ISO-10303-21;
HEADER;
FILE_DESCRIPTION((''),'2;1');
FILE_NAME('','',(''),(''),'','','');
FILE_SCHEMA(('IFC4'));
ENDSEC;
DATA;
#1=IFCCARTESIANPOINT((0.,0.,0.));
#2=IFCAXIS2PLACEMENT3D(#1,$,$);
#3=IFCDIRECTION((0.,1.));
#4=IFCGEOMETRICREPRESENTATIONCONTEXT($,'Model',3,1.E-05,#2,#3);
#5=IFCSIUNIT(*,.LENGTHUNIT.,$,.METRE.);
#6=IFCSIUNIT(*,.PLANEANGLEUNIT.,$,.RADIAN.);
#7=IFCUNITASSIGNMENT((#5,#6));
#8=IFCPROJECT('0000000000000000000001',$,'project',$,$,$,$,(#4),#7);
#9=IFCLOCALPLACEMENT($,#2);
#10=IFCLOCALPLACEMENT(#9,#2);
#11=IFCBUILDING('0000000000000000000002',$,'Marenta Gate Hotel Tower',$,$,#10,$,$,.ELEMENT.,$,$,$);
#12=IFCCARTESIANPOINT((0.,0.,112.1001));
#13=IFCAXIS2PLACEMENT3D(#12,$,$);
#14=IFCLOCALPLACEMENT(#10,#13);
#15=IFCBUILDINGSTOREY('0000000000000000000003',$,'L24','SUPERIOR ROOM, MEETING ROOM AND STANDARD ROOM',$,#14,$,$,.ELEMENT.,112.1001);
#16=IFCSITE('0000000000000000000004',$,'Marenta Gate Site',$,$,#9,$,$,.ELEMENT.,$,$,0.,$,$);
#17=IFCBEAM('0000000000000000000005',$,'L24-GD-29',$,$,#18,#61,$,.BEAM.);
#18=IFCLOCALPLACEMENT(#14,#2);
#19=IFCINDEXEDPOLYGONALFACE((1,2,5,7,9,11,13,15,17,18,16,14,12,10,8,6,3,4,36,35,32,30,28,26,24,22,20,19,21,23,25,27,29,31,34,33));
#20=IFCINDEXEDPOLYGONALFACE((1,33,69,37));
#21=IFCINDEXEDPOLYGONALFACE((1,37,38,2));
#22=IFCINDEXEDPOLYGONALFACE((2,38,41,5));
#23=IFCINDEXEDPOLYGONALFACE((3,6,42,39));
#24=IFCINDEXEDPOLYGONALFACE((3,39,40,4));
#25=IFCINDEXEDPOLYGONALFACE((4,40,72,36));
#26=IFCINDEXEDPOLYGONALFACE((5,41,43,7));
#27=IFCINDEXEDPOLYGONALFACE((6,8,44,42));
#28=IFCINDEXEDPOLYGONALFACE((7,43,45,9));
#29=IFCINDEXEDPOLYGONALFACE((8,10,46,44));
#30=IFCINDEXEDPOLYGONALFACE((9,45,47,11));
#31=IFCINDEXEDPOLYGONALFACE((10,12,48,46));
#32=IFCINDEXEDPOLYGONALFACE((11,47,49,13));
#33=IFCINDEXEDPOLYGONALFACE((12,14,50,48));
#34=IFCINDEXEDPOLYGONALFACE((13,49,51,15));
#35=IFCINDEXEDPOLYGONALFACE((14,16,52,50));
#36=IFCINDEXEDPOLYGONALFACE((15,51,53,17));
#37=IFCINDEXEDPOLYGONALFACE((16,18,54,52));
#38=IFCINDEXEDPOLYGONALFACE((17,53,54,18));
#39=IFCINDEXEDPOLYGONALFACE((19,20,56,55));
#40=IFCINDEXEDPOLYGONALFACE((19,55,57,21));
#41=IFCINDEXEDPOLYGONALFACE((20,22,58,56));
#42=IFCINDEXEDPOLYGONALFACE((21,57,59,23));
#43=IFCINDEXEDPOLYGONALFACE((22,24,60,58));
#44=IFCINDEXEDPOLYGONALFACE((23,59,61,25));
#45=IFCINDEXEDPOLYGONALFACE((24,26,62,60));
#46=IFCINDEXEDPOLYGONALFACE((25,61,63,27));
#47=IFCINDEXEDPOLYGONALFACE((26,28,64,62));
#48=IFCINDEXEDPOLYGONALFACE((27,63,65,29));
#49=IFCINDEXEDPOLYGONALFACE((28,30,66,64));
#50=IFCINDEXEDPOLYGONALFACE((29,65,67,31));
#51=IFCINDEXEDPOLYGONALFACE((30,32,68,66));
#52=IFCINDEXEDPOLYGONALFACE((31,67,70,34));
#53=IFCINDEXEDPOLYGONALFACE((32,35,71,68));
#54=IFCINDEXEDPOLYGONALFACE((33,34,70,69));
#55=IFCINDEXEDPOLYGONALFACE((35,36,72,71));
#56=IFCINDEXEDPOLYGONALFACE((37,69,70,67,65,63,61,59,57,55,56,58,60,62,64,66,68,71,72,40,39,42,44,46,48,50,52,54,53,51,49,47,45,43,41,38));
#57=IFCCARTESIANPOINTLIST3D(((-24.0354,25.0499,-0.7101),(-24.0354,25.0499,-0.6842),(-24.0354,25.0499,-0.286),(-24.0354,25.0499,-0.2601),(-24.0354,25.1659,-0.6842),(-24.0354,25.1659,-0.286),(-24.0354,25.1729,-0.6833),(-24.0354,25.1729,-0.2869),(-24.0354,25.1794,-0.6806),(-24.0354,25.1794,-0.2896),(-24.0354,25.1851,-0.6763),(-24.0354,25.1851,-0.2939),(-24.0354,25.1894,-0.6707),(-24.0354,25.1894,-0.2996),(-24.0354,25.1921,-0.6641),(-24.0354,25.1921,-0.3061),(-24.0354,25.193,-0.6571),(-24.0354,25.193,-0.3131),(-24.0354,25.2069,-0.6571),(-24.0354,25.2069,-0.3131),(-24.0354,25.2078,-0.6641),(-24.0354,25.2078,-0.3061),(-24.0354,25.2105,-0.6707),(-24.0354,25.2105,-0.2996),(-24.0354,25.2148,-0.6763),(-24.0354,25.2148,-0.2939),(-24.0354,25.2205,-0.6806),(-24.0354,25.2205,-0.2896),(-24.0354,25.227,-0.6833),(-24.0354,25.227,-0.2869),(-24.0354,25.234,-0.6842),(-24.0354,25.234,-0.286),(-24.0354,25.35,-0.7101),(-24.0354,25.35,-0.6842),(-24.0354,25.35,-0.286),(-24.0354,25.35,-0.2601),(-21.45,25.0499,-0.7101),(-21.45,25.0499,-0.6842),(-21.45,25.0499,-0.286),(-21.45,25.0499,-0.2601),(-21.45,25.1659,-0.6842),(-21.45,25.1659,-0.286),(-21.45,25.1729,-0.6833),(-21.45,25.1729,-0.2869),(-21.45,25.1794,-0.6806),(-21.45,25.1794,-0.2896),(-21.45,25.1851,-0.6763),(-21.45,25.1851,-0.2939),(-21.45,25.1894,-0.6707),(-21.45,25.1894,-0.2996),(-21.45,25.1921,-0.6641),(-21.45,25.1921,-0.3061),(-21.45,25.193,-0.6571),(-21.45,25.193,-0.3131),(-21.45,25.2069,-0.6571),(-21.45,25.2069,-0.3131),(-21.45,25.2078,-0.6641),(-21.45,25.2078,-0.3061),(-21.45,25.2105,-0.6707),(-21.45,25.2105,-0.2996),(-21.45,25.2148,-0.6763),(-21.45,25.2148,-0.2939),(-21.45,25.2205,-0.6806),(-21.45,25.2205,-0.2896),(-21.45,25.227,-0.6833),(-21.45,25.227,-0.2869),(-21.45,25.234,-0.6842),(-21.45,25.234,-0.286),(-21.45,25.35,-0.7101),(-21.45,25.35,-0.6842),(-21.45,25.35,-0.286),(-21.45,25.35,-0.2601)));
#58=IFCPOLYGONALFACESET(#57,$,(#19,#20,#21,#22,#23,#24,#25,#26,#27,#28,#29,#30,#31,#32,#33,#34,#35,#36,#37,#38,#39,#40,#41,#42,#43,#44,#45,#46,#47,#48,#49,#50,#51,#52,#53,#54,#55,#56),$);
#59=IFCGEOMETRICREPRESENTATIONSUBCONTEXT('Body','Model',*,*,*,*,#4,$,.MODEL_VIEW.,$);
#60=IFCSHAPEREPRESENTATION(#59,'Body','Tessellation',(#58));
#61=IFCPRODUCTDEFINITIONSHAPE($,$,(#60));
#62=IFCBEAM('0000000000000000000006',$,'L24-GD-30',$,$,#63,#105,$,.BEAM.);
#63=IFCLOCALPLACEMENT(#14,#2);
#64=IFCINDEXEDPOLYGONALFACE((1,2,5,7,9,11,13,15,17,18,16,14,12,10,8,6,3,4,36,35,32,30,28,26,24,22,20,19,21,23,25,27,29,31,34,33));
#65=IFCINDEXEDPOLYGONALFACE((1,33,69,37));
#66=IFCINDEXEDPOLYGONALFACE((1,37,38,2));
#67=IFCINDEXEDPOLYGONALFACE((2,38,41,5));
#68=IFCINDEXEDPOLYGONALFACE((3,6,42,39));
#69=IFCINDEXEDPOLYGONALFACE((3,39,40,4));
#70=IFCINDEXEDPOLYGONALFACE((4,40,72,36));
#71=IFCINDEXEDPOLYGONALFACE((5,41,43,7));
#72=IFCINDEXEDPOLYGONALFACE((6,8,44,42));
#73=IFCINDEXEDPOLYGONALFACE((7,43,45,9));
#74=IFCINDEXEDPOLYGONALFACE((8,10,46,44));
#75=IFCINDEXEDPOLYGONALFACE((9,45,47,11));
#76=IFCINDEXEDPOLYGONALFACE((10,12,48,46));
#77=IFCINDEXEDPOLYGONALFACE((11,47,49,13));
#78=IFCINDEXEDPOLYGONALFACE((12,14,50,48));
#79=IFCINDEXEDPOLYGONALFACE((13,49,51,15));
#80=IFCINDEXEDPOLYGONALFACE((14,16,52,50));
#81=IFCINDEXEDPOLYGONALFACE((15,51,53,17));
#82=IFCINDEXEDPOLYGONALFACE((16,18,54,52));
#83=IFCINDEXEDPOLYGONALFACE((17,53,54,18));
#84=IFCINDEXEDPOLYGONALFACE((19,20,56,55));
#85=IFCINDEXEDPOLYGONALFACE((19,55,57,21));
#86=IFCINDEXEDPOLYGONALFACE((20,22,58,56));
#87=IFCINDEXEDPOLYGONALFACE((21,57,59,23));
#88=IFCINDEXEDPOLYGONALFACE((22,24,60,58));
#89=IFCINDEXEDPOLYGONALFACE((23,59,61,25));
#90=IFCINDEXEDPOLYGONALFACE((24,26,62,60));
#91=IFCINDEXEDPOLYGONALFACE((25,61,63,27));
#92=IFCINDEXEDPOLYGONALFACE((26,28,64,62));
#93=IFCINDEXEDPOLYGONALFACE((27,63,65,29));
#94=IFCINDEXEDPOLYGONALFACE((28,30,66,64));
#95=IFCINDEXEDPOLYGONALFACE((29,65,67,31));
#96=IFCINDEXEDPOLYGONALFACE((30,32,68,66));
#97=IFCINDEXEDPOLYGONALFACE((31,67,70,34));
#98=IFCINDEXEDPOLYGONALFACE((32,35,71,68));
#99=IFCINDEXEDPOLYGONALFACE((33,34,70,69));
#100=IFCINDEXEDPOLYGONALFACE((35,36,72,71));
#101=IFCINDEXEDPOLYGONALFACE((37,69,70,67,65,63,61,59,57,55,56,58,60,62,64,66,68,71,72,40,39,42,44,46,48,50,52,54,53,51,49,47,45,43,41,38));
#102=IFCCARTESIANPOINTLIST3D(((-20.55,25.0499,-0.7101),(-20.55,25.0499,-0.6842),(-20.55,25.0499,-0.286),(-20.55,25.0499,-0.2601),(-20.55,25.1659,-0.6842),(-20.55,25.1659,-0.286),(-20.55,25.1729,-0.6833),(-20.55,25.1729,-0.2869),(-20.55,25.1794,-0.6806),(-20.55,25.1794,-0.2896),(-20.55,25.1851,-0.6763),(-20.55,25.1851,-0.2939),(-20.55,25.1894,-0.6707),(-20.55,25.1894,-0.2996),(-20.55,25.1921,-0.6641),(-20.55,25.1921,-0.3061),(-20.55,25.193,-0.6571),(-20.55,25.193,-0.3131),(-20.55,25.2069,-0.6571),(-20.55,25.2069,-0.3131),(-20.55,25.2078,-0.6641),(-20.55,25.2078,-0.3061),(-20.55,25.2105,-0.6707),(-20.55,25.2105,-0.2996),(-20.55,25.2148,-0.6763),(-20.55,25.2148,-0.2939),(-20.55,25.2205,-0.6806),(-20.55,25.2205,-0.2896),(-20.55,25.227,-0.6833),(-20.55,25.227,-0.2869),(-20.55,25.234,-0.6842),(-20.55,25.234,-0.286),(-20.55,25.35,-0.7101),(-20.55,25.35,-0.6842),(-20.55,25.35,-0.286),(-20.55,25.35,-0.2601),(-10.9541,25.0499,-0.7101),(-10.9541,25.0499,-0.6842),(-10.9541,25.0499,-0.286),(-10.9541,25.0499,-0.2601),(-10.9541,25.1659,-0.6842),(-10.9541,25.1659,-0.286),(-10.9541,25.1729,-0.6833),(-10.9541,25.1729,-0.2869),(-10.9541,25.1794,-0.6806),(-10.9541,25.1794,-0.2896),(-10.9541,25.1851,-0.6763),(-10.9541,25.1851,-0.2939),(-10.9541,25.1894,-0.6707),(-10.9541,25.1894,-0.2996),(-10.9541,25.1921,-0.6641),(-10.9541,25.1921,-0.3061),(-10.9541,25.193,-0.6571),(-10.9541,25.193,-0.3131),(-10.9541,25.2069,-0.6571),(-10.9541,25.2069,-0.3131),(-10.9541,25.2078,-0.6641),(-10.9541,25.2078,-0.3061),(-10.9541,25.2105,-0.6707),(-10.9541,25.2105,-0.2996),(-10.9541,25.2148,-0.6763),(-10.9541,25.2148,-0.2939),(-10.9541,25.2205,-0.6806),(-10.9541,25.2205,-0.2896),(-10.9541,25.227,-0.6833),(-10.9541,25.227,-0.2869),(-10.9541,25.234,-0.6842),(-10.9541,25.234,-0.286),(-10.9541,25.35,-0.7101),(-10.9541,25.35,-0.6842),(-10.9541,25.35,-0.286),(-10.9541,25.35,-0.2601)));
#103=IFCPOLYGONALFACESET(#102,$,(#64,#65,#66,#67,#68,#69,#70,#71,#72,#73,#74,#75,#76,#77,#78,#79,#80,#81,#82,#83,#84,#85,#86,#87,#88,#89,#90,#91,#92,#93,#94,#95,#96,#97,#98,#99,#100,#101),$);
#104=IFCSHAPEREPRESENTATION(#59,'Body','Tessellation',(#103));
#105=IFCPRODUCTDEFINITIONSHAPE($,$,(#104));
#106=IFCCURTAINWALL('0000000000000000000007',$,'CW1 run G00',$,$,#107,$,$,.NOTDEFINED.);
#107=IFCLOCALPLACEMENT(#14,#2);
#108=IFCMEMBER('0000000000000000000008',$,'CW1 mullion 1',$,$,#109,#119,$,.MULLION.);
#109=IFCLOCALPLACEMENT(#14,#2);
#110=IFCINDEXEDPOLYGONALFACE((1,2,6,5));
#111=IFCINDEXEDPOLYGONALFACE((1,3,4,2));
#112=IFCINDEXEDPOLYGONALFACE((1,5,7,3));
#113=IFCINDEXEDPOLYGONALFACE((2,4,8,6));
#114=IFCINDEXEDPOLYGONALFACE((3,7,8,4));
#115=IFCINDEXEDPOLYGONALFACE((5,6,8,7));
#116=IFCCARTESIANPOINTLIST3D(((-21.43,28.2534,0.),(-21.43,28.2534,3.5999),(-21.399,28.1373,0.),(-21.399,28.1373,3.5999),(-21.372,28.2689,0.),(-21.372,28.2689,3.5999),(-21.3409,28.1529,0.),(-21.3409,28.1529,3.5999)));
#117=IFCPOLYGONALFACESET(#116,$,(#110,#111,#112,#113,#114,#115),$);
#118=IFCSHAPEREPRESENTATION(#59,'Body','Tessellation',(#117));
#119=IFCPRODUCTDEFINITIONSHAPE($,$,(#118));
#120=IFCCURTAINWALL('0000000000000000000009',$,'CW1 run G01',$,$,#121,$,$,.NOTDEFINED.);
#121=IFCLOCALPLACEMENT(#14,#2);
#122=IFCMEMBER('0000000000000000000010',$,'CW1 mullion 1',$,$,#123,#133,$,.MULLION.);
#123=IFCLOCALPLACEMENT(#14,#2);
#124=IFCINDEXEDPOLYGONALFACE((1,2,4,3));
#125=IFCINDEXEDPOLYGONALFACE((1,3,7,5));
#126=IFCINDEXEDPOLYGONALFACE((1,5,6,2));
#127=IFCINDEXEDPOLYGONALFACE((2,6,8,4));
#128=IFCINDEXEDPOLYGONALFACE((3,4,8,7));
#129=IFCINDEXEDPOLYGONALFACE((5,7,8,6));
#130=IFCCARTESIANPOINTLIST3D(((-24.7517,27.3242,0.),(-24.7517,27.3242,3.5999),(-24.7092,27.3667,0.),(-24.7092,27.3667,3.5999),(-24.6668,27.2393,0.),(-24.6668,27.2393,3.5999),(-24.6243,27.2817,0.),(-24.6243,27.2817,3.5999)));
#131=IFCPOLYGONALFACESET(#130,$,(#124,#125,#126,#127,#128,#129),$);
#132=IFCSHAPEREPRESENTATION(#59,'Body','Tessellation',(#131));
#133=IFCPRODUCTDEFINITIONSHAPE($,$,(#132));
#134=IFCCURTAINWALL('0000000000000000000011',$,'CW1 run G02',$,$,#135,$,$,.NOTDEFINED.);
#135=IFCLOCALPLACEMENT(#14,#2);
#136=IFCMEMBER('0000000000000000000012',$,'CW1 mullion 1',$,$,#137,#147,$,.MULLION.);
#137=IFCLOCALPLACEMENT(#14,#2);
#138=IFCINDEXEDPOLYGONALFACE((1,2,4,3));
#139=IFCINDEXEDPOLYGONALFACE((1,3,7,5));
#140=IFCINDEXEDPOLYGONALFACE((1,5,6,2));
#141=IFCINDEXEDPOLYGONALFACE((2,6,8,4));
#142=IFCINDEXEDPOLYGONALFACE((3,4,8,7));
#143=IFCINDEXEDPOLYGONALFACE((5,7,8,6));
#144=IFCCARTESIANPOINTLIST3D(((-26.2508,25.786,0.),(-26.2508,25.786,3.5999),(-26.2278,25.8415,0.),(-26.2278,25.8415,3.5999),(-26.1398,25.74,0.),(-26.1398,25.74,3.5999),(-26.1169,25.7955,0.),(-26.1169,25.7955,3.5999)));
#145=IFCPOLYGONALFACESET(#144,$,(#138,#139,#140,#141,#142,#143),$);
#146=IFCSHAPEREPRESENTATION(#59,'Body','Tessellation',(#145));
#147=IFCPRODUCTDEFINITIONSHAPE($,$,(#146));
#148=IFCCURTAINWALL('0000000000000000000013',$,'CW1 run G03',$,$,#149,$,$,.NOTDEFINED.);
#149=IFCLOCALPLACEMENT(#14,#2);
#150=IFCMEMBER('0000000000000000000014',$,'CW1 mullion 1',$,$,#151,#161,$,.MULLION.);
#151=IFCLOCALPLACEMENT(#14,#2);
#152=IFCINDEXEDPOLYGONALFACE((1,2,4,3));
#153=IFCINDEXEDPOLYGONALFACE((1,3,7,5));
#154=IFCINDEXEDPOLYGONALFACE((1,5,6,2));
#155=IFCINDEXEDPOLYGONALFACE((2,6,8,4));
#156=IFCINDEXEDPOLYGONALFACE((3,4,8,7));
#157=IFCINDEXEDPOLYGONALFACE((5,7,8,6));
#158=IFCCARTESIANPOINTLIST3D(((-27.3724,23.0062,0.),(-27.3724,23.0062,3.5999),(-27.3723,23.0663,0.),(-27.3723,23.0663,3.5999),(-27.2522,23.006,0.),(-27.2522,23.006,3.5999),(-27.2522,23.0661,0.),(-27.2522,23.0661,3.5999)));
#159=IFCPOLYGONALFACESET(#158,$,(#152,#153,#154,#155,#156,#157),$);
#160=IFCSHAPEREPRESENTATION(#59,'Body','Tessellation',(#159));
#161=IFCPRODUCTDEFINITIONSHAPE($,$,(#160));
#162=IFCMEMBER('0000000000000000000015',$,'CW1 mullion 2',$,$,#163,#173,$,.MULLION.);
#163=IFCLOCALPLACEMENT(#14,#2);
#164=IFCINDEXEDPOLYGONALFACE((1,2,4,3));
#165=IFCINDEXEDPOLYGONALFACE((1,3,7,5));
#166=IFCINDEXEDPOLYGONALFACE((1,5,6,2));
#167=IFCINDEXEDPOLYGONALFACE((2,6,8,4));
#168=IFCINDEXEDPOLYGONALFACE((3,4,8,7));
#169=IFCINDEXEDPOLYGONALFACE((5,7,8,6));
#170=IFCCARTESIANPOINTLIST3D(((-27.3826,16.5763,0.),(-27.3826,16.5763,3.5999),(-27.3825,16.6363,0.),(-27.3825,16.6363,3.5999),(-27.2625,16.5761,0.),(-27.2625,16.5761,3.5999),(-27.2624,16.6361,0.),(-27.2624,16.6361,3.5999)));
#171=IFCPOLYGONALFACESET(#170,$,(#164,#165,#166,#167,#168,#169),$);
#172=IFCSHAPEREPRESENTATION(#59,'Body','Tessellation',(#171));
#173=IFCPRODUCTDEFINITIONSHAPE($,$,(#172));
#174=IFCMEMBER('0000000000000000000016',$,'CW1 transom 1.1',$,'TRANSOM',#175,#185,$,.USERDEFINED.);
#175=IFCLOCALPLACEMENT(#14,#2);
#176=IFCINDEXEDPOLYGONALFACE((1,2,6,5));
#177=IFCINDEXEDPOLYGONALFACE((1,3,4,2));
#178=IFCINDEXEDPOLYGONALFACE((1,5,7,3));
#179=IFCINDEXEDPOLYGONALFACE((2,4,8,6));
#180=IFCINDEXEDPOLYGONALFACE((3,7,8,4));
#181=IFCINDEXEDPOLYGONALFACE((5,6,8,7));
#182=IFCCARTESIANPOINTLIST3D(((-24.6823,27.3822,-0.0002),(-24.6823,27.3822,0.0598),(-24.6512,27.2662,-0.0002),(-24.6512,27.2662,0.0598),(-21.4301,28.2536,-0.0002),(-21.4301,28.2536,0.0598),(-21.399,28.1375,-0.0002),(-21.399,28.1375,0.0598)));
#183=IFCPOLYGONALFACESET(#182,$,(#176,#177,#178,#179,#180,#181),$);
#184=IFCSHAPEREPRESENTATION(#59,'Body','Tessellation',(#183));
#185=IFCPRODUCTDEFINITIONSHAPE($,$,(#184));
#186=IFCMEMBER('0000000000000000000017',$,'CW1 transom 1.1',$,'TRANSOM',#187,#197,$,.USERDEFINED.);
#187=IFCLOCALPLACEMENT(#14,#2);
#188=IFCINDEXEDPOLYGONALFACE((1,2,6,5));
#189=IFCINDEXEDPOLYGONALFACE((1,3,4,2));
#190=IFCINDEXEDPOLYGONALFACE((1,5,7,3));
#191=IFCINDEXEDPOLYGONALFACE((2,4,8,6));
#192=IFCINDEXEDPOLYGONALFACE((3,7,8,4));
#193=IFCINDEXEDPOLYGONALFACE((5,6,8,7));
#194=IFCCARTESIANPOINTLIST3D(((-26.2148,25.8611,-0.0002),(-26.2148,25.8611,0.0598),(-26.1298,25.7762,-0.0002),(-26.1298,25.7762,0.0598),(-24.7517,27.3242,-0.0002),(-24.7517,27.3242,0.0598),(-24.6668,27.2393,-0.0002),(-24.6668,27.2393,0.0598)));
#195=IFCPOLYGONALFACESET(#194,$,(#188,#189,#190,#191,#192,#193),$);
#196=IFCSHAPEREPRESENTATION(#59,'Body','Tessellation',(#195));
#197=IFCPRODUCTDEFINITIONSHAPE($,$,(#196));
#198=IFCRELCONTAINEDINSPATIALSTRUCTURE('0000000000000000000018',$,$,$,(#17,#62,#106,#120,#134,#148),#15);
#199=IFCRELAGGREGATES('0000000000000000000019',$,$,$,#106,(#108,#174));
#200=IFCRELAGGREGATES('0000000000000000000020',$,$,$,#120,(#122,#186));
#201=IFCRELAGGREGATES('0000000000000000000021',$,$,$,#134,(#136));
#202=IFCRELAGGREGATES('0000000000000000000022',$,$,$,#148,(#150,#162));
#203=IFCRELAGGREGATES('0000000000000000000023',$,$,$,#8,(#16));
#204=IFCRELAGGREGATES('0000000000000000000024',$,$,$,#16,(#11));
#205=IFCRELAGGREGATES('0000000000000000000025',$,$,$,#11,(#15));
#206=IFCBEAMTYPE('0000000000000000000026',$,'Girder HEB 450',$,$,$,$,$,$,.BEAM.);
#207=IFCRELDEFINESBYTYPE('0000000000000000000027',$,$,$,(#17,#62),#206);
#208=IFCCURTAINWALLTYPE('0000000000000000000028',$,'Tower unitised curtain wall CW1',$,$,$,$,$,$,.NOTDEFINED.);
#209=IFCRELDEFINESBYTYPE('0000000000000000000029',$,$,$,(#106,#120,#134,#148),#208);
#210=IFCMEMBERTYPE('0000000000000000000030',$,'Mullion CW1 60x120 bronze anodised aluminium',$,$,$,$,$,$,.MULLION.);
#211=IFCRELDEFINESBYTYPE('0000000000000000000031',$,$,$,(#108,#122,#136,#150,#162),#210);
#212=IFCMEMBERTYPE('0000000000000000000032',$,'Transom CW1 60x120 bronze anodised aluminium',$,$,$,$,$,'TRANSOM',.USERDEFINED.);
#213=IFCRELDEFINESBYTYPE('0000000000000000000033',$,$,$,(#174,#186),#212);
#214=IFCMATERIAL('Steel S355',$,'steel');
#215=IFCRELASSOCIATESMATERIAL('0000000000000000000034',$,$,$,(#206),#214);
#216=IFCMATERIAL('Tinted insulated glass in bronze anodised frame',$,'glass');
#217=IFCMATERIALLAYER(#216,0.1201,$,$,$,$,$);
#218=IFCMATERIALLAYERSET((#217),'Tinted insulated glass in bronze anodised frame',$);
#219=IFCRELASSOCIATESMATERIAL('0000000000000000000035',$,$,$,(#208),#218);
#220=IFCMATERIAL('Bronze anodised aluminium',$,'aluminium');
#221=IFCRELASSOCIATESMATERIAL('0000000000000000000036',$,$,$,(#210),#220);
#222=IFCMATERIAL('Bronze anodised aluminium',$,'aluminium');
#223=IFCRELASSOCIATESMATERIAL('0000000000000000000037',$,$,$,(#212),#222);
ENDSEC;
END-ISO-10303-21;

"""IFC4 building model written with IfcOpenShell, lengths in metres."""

from ifc_helpers import new_model, si_unit, direction, frame, origin, origin_2d, place, context, subcontext, project, spatial, rectangle, i_section, extrude, material, layer, layer_set, material_profile, profile_set, type_object, element, aggregate, save


model = new_model("IFC4")

# Units and contexts
model_context = context("Model", 3, precision=1e-05, world=origin(), true_north=direction((0.0, 1.0)))
body_context = subcontext(model_context, "Body", "Model", "MODEL_VIEW")
ifc_project = project(units=[si_unit("LENGTHUNIT", "METRE"), si_unit("PLANEANGLEUNIT", "RADIAN")], contexts=[model_context])

# Site, building, storey
site_placement = place(None, origin())
site = spatial("IfcSite", under=ifc_project, at=site_placement, Name="Marenta Gate Site", CompositionType="ELEMENT", RefElevation=0.0)
building_placement = place(site_placement, origin())
building = spatial("IfcBuilding", under=site, at=building_placement, Name="Marenta Gate Hotel Tower", CompositionType="ELEMENT")
storey_placement = place(building_placement, frame((0.0, 0.0, 112.1001)))
storey = spatial("IfcBuildingStorey", under=building, at=storey_placement, Name="L24", Description="SUPERIOR ROOM, MEETING ROOM AND STANDARD ROOM", CompositionType="ELEMENT", Elevation=112.1001)

# Beams
ifc_material_1 = material(Name="Steel S355", Category="steel")
ifc_material_profile_1 = material_profile(ifc_material_1, i_section(OverallWidth=0.3, OverallDepth=0.45, WebThickness=0.0139, FlangeThickness=0.0259, FilletRadius=0.0271, at=origin_2d()), Name="HEB 450")
ifc_profile_set_1 = profile_set([ifc_material_profile_1], Name="Steel S355")
beam_type_1 = type_object("IfcBeamType", Name="Girder HEB 450", PredefinedType="BEAM", material=ifc_profile_set_1)
beam_1_placement = place(storey_placement, frame((-24.0354, 25.2, -0.4851), z_axis=(1.0, 0.0, 0.0), x_axis=(0.0, 1.0, 0.0)))
element("IfcBeam", 1, at=beam_1_placement, inside=storey, type_object=beam_type_1, Name="L24-GD-29", PredefinedType="BEAM", context=body_context, shape_type="SweptSolid", body=[
    extrude(i_section(OverallWidth=0.3, OverallDepth=0.45, WebThickness=0.0139, FlangeThickness=0.0259, FilletRadius=0.0271, at=origin_2d()), origin(), (0.0, 0.0, 1.0), 2.5854),
])
beam_2_placement = place(storey_placement, frame((-20.55, 25.2, -0.4851), z_axis=(1.0, 0.0, 0.0), x_axis=(0.0, 1.0, 0.0)))
element("IfcBeam", 2, at=beam_2_placement, inside=storey, type_object=beam_type_1, Name="L24-GD-30", PredefinedType="BEAM", context=body_context, shape_type="SweptSolid", body=[
    extrude(i_section(OverallWidth=0.3, OverallDepth=0.45, WebThickness=0.0139, FlangeThickness=0.0259, FilletRadius=0.0271, at=origin_2d()), origin(), (0.0, 0.0, 1.0), 9.5959),
])

# Curtain walls, members
ifc_material_2 = material(Name="Tinted insulated glass in bronze anodised frame", Category="glass")
ifc_layer_1 = layer(ifc_material_2, 0.1201)
ifc_layer_set_1 = layer_set([ifc_layer_1], Name="Tinted insulated glass in bronze anodised frame")
curtain_wall_type = type_object("IfcCurtainWallType", Name="Tower unitised curtain wall CW1", PredefinedType="NOTDEFINED", material=ifc_layer_set_1)
curtain_wall_1_placement = place(storey_placement, origin())
curtain_wall_1 = element("IfcCurtainWall", 3, at=curtain_wall_1_placement, inside=storey, type_object=curtain_wall_type, Name="CW1 run G00", PredefinedType="NOTDEFINED")
ifc_material_3 = material(Name="Bronze anodised aluminium", Category="aluminium")
ifc_material_profile_2 = material_profile(ifc_material_3, rectangle(XDim=0.1201, YDim=0.0601, at=origin_2d()), Name="Mullion CW1 60x120 bronze anodised aluminium")
ifc_profile_set_2 = profile_set([ifc_material_profile_2], Name="Bronze anodised aluminium")
member_type_1 = type_object("IfcMemberType", Name="Mullion CW1 60x120 bronze anodised aluminium", PredefinedType="MULLION", material=ifc_profile_set_2)
member_1_placement = place(storey_placement, frame((-21.3855, 28.2031, 0.0), z_axis=(0.0, 0.0, 1.0), x_axis=(0.258801, -0.965931, 0.0)))
member_1 = element("IfcMember", 4, at=member_1_placement, type_object=member_type_1, Name="CW1 mullion 1", PredefinedType="MULLION", context=body_context, shape_type="SweptSolid", body=[
    extrude(rectangle(XDim=0.1201, YDim=0.0601, at=origin_2d()), origin(), (0.0, 0.0, 1.0), 3.5999),
])
curtain_wall_2_placement = place(storey_placement, origin())
curtain_wall_2 = element("IfcCurtainWall", 5, at=curtain_wall_2_placement, inside=storey, type_object=curtain_wall_type, Name="CW1 run G01", PredefinedType="NOTDEFINED")
member_2_placement = place(storey_placement, frame((-24.688, 27.303, 0.0), z_axis=(0.0, 0.0, 1.0), x_axis=(0.707107, -0.707107, 0.0)))
member_2 = element("IfcMember", 6, at=member_2_placement, type_object=member_type_1, Name="CW1 mullion 1", PredefinedType="MULLION", context=body_context, shape_type="SweptSolid", body=[
    extrude(rectangle(XDim=0.1201, YDim=0.0601, at=origin_2d()), origin(), (0.0, 0.0, 1.0), 3.5999),
])
curtain_wall_3_placement = place(storey_placement, origin())
curtain_wall_3 = element("IfcCurtainWall", 7, at=curtain_wall_3_placement, inside=storey, type_object=curtain_wall_type, Name="CW1 run G02", PredefinedType="NOTDEFINED")
member_3_placement = place(storey_placement, frame((-26.1838, 25.7908, 0.0), z_axis=(0.0, 0.0, 1.0), x_axis=(0.923884, -0.382672, 0.0)))
member_3 = element("IfcMember", 8, at=member_3_placement, type_object=member_type_1, Name="CW1 mullion 1", PredefinedType="MULLION", context=body_context, shape_type="SweptSolid", body=[
    extrude(rectangle(XDim=0.1201, YDim=0.0601, at=origin_2d()), origin(), (0.0, 0.0, 1.0), 3.5999),
])

# Curtain wall, members
curtain_wall_4_placement = place(storey_placement, origin())
curtain_wall_4 = element("IfcCurtainWall", 9, at=curtain_wall_4_placement, inside=storey, type_object=curtain_wall_type, Name="CW1 run G03", PredefinedType="NOTDEFINED")
member_4_placement = place(storey_placement, frame((-27.3123, 23.0361, 0.0), z_axis=(0.0, 0.0, 1.0), x_axis=(0.999999, -0.001566, 0.0)))
member_4 = element("IfcMember", 10, at=member_4_placement, type_object=member_type_1, Name="CW1 mullion 1", PredefinedType="MULLION", context=body_context, shape_type="SweptSolid", body=[
    extrude(rectangle(XDim=0.1201, YDim=0.0601, at=origin_2d()), origin(), (0.0, 0.0, 1.0), 3.5999),
])
member_5_placement = place(storey_placement, frame((-27.3225, 16.6062, 0.0), z_axis=(0.0, 0.0, 1.0), x_axis=(0.999999, -0.001566, 0.0)))
member_5 = element("IfcMember", 11, at=member_5_placement, type_object=member_type_1, Name="CW1 mullion 2", PredefinedType="MULLION", context=body_context, shape_type="SweptSolid", body=[
    extrude(rectangle(XDim=0.1201, YDim=0.0601, at=origin_2d()), origin(), (0.0, 0.0, 1.0), 3.5999),
])

# Members
ifc_material_4 = material(Name="Bronze anodised aluminium", Category="aluminium")
ifc_material_profile_3 = material_profile(ifc_material_4, rectangle(XDim=0.1201, YDim=0.0601, at=origin_2d()), Name="Transom CW1 60x120 bronze anodised aluminium")
ifc_profile_set_3 = profile_set([ifc_material_profile_3], Name="Bronze anodised aluminium")
member_type_2 = type_object("IfcMemberType", Name="Transom CW1 60x120 bronze anodised aluminium", ElementType="TRANSOM", PredefinedType="USERDEFINED", material=ifc_profile_set_3)
member_6_placement = place(storey_placement, frame((-21.4146, 28.1956, 0.0298), z_axis=(-0.965932, -0.258795, 0.0), x_axis=(0.258795, -0.965932, 0.0)))
member_6 = element("IfcMember", 12, at=member_6_placement, type_object=member_type_2, Name="CW1 transom 1.1", ObjectType="TRANSOM", PredefinedType="USERDEFINED", context=body_context, shape_type="SweptSolid", body=[
    extrude(rectangle(XDim=0.1201, YDim=0.0601, at=origin_2d()), origin(), (0.0, 0.0, 1.0), 3.3669),
])
member_7_placement = place(storey_placement, frame((-24.7092, 27.2817, 0.0298), z_axis=(-0.707107, -0.707107, 0.0), x_axis=(0.707107, -0.707107, 0.0)))
member_7 = element("IfcMember", 13, at=member_7_placement, type_object=member_type_2, Name="CW1 transom 1.1", ObjectType="TRANSOM", PredefinedType="USERDEFINED", context=body_context, shape_type="SweptSolid", body=[
    extrude(rectangle(XDim=0.1201, YDim=0.0601, at=origin_2d()), origin(), (0.0, 0.0, 1.0), 2.0691),
])

aggregate(curtain_wall_1, [member_1, member_6])
aggregate(curtain_wall_2, [member_2, member_7])
aggregate(curtain_wall_3, [member_3])
aggregate(curtain_wall_4, [member_4, member_5])

save(model, "model.ifc")
